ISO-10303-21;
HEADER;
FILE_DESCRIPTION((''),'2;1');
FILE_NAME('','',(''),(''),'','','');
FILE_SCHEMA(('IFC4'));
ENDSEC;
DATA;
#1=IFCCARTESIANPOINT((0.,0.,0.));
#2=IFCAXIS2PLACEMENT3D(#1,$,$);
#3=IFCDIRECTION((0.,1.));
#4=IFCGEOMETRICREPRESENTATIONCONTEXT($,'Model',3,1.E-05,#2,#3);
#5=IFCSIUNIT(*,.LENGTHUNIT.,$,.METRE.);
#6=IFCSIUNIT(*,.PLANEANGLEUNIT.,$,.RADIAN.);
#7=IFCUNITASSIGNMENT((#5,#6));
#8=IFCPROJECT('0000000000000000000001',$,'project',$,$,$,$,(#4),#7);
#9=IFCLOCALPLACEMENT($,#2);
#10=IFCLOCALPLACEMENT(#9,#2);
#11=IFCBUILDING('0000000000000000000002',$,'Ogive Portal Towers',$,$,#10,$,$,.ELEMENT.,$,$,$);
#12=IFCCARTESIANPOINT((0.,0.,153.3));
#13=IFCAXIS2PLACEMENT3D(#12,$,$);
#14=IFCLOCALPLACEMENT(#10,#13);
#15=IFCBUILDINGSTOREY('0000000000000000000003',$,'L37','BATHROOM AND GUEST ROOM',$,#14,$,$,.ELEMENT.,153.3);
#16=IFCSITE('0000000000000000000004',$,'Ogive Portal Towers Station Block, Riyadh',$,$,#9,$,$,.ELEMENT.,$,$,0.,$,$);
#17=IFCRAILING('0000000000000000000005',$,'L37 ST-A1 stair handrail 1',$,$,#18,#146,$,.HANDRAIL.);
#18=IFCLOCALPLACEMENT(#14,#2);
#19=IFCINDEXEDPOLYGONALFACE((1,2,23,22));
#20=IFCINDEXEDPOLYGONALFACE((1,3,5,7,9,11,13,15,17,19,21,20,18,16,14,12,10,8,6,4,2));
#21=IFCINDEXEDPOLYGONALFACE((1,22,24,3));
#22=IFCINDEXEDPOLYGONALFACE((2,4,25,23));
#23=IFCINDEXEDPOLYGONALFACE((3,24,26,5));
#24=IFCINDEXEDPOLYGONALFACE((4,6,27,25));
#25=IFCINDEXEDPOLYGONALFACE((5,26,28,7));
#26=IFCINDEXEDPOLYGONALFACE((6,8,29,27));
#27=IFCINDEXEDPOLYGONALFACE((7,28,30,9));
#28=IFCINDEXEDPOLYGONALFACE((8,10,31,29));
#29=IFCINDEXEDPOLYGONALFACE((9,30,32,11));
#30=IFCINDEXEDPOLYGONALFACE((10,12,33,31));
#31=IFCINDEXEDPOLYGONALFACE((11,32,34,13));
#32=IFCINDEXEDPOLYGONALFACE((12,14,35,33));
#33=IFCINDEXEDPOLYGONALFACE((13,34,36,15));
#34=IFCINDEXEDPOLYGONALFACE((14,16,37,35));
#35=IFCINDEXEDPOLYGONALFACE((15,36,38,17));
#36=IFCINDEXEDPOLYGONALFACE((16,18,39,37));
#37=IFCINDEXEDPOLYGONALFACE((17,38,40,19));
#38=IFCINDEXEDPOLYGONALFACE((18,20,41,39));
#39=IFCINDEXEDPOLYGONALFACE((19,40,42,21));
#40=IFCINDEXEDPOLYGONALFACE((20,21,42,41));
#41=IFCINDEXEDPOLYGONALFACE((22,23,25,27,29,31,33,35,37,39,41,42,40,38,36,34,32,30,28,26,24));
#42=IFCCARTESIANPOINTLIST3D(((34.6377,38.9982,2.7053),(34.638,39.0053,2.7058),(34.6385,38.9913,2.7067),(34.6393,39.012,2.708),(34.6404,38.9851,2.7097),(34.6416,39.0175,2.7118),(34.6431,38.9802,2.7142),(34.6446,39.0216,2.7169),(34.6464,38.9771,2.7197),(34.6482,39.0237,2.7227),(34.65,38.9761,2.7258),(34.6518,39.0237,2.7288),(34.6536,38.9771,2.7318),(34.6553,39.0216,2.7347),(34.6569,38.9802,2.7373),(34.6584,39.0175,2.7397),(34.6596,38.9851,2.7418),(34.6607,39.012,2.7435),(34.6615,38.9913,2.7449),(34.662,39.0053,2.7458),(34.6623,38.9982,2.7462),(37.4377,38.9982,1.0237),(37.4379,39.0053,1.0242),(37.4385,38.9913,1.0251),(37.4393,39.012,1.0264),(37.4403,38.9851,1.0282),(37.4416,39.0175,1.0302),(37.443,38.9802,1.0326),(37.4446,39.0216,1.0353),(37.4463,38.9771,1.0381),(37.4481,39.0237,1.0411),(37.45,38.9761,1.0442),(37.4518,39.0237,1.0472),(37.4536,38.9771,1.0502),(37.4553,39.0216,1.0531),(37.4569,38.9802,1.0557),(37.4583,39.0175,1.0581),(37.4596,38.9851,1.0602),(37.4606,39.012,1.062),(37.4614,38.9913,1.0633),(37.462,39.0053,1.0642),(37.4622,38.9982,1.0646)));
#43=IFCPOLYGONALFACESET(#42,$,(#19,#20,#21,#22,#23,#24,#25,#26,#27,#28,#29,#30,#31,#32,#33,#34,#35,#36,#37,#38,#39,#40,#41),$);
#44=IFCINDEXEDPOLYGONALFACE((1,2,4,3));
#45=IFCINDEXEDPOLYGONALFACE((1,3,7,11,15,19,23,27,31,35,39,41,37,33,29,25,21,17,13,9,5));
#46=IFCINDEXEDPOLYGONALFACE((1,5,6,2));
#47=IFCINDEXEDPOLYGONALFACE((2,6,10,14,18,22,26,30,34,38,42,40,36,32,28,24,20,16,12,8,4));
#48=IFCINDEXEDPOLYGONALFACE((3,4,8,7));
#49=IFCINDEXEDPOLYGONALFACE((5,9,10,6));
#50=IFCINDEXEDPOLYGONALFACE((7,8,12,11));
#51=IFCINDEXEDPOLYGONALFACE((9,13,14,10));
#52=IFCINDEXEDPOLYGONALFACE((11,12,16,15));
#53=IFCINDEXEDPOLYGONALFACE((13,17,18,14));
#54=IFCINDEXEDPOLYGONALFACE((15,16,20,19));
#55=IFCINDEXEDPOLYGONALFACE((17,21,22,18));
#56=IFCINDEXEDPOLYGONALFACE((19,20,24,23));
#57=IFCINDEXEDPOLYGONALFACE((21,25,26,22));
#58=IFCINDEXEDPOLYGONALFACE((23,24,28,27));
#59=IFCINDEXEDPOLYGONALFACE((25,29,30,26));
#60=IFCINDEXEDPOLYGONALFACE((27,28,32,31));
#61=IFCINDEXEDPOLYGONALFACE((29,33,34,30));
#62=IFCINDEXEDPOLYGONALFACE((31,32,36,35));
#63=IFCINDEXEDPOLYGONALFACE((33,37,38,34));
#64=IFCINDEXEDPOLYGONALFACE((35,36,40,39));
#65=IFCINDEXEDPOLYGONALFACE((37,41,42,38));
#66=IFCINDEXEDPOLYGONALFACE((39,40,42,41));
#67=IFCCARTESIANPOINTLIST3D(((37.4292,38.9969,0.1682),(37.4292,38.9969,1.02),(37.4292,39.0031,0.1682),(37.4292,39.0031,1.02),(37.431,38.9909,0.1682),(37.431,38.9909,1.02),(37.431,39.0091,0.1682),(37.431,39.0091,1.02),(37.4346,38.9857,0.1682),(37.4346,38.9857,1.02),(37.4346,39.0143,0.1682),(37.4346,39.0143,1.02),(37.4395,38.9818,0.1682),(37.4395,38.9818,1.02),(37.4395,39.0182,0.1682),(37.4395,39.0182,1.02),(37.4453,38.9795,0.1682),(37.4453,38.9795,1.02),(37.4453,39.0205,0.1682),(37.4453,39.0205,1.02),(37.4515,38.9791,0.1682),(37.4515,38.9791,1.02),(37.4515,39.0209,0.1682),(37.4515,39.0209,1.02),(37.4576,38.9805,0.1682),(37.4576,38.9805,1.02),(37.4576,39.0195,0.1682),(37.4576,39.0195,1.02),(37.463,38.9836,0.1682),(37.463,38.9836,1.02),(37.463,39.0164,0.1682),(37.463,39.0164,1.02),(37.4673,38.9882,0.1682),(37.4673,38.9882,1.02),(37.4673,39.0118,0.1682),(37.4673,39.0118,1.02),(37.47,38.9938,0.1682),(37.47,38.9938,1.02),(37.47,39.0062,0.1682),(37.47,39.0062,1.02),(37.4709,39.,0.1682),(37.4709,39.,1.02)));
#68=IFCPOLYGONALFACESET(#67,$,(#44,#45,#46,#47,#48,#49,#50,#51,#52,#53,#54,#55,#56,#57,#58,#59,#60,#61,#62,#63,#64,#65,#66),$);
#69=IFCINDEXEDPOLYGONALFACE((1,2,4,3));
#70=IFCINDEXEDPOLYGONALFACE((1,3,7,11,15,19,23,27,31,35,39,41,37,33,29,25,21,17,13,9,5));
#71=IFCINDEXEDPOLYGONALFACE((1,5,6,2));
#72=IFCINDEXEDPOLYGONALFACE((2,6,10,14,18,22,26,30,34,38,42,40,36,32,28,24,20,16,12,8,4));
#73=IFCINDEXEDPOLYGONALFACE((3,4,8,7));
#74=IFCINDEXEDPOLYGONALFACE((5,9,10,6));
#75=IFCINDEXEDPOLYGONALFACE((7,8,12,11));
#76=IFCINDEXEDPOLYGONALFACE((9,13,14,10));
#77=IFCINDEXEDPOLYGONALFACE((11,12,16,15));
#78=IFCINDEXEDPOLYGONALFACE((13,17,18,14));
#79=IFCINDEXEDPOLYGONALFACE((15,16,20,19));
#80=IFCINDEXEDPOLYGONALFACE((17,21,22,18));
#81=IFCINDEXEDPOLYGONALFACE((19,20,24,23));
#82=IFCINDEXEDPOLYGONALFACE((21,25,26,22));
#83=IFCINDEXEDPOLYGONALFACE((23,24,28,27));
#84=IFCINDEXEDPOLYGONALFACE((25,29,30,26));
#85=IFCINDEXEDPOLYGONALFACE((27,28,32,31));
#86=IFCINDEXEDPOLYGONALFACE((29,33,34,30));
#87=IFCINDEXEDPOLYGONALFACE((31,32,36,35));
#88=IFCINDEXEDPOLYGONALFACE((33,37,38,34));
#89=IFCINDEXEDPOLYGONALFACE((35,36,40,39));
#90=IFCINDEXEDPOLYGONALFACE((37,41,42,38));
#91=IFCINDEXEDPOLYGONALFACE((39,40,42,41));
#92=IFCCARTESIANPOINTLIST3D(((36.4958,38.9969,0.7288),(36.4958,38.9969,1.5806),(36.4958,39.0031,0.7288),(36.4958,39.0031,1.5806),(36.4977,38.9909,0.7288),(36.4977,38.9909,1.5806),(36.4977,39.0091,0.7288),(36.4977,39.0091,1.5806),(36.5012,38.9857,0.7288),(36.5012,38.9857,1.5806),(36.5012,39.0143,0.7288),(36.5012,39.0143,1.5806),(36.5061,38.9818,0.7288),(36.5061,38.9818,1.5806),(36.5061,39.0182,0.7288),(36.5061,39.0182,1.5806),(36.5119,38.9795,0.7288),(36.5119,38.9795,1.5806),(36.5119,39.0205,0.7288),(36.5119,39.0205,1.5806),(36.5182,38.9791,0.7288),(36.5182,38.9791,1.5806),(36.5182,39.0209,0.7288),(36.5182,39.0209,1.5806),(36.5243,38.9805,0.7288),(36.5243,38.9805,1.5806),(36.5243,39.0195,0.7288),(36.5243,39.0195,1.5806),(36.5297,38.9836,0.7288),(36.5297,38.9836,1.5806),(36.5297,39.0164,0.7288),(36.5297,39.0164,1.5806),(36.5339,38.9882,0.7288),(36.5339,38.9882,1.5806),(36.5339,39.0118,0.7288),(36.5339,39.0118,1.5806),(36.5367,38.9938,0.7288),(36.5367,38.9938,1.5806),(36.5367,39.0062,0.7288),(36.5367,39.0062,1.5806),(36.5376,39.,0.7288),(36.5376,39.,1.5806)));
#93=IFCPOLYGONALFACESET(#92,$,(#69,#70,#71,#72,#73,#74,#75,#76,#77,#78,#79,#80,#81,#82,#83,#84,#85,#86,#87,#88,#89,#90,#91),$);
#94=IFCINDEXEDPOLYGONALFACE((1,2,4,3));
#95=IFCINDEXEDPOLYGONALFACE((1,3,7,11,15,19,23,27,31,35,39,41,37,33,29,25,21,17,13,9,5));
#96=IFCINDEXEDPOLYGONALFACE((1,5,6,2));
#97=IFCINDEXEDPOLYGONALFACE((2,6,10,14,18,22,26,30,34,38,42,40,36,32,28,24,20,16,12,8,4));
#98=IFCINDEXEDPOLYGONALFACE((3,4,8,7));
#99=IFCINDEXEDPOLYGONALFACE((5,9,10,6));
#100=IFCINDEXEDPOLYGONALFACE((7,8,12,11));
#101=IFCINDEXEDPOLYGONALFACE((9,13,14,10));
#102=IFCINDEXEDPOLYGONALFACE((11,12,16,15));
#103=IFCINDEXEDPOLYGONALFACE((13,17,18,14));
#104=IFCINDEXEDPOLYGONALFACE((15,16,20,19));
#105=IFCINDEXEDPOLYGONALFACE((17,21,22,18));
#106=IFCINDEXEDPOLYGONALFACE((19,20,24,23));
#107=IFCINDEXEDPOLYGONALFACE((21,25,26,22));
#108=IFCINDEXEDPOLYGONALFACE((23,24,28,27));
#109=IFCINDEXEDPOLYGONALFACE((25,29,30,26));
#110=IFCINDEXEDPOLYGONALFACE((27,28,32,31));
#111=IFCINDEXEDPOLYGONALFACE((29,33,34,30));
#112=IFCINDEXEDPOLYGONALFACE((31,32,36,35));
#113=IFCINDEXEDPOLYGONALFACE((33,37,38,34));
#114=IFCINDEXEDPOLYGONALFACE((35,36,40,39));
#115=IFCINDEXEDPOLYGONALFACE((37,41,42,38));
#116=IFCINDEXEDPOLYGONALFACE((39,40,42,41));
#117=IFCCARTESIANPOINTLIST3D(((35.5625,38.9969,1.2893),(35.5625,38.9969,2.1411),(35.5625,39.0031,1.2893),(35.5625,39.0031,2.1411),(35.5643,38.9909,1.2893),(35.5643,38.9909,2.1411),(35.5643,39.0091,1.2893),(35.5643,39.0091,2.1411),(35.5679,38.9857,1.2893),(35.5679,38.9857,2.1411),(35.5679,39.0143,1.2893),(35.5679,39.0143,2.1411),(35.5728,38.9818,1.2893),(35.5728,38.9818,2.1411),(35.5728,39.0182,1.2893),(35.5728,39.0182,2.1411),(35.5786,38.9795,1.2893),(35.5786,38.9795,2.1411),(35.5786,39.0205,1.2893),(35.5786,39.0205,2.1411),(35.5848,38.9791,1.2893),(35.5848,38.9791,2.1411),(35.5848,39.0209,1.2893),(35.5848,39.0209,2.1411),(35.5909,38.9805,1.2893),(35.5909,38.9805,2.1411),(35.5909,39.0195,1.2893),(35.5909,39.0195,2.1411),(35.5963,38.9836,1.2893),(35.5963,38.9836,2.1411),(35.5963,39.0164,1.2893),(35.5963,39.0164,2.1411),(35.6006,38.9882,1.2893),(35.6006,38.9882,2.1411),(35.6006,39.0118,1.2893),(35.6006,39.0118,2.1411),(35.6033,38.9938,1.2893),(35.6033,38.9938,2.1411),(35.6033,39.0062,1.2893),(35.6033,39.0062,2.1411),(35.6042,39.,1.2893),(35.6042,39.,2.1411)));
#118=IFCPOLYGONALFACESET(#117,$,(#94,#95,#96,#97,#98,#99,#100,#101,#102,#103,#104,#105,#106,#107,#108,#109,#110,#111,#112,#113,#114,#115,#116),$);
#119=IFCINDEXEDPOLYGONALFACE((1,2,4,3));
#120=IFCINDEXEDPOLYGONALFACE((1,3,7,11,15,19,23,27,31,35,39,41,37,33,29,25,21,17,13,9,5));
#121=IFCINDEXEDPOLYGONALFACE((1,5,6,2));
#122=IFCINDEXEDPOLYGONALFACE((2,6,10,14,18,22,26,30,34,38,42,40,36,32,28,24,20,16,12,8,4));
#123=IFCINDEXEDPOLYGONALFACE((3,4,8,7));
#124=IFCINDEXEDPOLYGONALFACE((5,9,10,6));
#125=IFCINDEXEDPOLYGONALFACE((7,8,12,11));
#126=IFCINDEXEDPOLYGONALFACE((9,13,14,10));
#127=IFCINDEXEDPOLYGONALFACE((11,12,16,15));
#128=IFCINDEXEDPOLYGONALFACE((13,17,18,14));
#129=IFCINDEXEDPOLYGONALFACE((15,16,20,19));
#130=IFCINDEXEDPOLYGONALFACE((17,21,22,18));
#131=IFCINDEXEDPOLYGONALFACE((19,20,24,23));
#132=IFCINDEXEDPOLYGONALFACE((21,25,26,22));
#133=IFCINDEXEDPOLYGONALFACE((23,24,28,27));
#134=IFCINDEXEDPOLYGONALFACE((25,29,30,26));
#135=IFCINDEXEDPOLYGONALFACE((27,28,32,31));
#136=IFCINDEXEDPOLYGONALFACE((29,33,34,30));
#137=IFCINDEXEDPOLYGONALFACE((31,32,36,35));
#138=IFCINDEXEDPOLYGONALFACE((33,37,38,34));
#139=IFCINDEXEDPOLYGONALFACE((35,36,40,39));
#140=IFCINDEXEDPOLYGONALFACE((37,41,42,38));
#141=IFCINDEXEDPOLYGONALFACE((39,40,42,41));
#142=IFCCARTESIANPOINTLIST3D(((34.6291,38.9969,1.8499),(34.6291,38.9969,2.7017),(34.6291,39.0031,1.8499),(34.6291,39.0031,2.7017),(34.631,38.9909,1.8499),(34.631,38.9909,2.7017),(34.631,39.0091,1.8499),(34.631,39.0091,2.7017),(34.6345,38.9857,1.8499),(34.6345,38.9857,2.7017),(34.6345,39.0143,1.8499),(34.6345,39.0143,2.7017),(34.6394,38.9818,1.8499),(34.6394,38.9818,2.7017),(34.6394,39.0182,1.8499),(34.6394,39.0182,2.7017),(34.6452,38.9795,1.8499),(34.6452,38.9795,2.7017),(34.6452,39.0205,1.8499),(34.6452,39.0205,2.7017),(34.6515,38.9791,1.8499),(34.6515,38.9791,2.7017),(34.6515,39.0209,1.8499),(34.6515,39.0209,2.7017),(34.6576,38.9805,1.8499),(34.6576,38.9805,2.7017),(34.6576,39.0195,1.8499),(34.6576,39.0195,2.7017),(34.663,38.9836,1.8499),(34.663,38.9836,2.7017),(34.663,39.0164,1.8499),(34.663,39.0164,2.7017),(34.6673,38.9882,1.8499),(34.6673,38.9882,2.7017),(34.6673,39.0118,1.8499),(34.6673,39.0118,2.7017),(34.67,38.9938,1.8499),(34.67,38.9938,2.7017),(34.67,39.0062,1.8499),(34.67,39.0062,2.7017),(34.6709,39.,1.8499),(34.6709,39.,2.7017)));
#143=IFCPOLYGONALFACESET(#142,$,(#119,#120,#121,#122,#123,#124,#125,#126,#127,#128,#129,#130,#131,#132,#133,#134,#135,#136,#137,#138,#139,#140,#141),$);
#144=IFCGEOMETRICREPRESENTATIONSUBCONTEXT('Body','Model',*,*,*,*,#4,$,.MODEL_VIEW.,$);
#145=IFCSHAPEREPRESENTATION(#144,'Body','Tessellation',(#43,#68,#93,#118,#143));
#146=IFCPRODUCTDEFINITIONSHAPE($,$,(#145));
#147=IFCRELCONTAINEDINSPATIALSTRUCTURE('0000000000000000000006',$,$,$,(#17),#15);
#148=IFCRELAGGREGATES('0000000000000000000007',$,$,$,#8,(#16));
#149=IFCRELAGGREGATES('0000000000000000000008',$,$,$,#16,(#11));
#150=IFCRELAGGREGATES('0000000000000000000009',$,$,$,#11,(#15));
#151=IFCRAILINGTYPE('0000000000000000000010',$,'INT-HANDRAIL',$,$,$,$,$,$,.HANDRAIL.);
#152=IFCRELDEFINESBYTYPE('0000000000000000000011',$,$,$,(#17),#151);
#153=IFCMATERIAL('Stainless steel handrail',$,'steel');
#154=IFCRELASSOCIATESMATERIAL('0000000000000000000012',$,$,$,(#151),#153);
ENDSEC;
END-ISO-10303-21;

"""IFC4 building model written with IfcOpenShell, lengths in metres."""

from ifc_helpers import new_model, si_unit, direction, frame, origin, origin_2d, place, context, subcontext, project, spatial, circle, extrude, material, type_object, element, save


model = new_model("IFC4")

# Units and contexts
model_context = context("Model", 3, precision=1e-05, world=origin(), true_north=direction((0.0, 1.0)))
body_context = subcontext(model_context, "Body", "Model", "MODEL_VIEW")
ifc_project = project(units=[si_unit("LENGTHUNIT", "METRE"), si_unit("PLANEANGLEUNIT", "RADIAN")], contexts=[model_context])

# Site, building, storey
site_placement = place(None, origin())
site = spatial("IfcSite", under=ifc_project, at=site_placement, Name="Ogive Portal Towers Station Block, Riyadh", CompositionType="ELEMENT", RefElevation=0.0)
building_placement = place(site_placement, origin())
building = spatial("IfcBuilding", under=site, at=building_placement, Name="Ogive Portal Towers", CompositionType="ELEMENT")
storey_placement = place(building_placement, frame((0.0, 0.0, 153.3)))
storey = spatial("IfcBuildingStorey", under=building, at=storey_placement, Name="L37", Description="BATHROOM AND GUEST ROOM", CompositionType="ELEMENT", Elevation=153.3)

# Railing
ifc_material_1 = material(Name="Stainless steel handrail", Category="steel")
railing_type_1 = type_object("IfcRailingType", Name="INT-HANDRAIL", PredefinedType="HANDRAIL", material=ifc_material_1)
railing_1_placement = place(storey_placement, frame((37.45, 39.0, 0.1682)))
element("IfcRailing", 1, at=railing_1_placement, inside=storey, type_object=railing_type_1, Name="L37 ST-A1 stair handrail 1", PredefinedType="HANDRAIL", context=body_context, shape_type="SweptSolid", body=[
    extrude(circle(Radius=0.0239, at=origin_2d()), frame((0.0, 0.0, 0.876), z_axis=(-0.857275, 0.0, 0.514858), x_axis=(0.0, -1.0, 0.0)), (0.0, 0.0, 1.0), 3.2661),
    extrude(circle(Radius=0.021, at=origin_2d()), origin(), (0.0, 0.0, 1.0), 0.8518),
    extrude(circle(Radius=0.021, at=origin_2d()), frame((-0.9333, 0.0, 0.5605)), (0.0, 0.0, 1.0), 0.8518),
    extrude(circle(Radius=0.021, at=origin_2d()), frame((-1.8667, 0.0, 1.1211)), (0.0, 0.0, 1.0), 0.8518),
    extrude(circle(Radius=0.021, at=origin_2d()), frame((-2.8, 0.0, 1.6816)), (0.0, 0.0, 1.0), 0.8518),
])

save(model, "model.ifc")
